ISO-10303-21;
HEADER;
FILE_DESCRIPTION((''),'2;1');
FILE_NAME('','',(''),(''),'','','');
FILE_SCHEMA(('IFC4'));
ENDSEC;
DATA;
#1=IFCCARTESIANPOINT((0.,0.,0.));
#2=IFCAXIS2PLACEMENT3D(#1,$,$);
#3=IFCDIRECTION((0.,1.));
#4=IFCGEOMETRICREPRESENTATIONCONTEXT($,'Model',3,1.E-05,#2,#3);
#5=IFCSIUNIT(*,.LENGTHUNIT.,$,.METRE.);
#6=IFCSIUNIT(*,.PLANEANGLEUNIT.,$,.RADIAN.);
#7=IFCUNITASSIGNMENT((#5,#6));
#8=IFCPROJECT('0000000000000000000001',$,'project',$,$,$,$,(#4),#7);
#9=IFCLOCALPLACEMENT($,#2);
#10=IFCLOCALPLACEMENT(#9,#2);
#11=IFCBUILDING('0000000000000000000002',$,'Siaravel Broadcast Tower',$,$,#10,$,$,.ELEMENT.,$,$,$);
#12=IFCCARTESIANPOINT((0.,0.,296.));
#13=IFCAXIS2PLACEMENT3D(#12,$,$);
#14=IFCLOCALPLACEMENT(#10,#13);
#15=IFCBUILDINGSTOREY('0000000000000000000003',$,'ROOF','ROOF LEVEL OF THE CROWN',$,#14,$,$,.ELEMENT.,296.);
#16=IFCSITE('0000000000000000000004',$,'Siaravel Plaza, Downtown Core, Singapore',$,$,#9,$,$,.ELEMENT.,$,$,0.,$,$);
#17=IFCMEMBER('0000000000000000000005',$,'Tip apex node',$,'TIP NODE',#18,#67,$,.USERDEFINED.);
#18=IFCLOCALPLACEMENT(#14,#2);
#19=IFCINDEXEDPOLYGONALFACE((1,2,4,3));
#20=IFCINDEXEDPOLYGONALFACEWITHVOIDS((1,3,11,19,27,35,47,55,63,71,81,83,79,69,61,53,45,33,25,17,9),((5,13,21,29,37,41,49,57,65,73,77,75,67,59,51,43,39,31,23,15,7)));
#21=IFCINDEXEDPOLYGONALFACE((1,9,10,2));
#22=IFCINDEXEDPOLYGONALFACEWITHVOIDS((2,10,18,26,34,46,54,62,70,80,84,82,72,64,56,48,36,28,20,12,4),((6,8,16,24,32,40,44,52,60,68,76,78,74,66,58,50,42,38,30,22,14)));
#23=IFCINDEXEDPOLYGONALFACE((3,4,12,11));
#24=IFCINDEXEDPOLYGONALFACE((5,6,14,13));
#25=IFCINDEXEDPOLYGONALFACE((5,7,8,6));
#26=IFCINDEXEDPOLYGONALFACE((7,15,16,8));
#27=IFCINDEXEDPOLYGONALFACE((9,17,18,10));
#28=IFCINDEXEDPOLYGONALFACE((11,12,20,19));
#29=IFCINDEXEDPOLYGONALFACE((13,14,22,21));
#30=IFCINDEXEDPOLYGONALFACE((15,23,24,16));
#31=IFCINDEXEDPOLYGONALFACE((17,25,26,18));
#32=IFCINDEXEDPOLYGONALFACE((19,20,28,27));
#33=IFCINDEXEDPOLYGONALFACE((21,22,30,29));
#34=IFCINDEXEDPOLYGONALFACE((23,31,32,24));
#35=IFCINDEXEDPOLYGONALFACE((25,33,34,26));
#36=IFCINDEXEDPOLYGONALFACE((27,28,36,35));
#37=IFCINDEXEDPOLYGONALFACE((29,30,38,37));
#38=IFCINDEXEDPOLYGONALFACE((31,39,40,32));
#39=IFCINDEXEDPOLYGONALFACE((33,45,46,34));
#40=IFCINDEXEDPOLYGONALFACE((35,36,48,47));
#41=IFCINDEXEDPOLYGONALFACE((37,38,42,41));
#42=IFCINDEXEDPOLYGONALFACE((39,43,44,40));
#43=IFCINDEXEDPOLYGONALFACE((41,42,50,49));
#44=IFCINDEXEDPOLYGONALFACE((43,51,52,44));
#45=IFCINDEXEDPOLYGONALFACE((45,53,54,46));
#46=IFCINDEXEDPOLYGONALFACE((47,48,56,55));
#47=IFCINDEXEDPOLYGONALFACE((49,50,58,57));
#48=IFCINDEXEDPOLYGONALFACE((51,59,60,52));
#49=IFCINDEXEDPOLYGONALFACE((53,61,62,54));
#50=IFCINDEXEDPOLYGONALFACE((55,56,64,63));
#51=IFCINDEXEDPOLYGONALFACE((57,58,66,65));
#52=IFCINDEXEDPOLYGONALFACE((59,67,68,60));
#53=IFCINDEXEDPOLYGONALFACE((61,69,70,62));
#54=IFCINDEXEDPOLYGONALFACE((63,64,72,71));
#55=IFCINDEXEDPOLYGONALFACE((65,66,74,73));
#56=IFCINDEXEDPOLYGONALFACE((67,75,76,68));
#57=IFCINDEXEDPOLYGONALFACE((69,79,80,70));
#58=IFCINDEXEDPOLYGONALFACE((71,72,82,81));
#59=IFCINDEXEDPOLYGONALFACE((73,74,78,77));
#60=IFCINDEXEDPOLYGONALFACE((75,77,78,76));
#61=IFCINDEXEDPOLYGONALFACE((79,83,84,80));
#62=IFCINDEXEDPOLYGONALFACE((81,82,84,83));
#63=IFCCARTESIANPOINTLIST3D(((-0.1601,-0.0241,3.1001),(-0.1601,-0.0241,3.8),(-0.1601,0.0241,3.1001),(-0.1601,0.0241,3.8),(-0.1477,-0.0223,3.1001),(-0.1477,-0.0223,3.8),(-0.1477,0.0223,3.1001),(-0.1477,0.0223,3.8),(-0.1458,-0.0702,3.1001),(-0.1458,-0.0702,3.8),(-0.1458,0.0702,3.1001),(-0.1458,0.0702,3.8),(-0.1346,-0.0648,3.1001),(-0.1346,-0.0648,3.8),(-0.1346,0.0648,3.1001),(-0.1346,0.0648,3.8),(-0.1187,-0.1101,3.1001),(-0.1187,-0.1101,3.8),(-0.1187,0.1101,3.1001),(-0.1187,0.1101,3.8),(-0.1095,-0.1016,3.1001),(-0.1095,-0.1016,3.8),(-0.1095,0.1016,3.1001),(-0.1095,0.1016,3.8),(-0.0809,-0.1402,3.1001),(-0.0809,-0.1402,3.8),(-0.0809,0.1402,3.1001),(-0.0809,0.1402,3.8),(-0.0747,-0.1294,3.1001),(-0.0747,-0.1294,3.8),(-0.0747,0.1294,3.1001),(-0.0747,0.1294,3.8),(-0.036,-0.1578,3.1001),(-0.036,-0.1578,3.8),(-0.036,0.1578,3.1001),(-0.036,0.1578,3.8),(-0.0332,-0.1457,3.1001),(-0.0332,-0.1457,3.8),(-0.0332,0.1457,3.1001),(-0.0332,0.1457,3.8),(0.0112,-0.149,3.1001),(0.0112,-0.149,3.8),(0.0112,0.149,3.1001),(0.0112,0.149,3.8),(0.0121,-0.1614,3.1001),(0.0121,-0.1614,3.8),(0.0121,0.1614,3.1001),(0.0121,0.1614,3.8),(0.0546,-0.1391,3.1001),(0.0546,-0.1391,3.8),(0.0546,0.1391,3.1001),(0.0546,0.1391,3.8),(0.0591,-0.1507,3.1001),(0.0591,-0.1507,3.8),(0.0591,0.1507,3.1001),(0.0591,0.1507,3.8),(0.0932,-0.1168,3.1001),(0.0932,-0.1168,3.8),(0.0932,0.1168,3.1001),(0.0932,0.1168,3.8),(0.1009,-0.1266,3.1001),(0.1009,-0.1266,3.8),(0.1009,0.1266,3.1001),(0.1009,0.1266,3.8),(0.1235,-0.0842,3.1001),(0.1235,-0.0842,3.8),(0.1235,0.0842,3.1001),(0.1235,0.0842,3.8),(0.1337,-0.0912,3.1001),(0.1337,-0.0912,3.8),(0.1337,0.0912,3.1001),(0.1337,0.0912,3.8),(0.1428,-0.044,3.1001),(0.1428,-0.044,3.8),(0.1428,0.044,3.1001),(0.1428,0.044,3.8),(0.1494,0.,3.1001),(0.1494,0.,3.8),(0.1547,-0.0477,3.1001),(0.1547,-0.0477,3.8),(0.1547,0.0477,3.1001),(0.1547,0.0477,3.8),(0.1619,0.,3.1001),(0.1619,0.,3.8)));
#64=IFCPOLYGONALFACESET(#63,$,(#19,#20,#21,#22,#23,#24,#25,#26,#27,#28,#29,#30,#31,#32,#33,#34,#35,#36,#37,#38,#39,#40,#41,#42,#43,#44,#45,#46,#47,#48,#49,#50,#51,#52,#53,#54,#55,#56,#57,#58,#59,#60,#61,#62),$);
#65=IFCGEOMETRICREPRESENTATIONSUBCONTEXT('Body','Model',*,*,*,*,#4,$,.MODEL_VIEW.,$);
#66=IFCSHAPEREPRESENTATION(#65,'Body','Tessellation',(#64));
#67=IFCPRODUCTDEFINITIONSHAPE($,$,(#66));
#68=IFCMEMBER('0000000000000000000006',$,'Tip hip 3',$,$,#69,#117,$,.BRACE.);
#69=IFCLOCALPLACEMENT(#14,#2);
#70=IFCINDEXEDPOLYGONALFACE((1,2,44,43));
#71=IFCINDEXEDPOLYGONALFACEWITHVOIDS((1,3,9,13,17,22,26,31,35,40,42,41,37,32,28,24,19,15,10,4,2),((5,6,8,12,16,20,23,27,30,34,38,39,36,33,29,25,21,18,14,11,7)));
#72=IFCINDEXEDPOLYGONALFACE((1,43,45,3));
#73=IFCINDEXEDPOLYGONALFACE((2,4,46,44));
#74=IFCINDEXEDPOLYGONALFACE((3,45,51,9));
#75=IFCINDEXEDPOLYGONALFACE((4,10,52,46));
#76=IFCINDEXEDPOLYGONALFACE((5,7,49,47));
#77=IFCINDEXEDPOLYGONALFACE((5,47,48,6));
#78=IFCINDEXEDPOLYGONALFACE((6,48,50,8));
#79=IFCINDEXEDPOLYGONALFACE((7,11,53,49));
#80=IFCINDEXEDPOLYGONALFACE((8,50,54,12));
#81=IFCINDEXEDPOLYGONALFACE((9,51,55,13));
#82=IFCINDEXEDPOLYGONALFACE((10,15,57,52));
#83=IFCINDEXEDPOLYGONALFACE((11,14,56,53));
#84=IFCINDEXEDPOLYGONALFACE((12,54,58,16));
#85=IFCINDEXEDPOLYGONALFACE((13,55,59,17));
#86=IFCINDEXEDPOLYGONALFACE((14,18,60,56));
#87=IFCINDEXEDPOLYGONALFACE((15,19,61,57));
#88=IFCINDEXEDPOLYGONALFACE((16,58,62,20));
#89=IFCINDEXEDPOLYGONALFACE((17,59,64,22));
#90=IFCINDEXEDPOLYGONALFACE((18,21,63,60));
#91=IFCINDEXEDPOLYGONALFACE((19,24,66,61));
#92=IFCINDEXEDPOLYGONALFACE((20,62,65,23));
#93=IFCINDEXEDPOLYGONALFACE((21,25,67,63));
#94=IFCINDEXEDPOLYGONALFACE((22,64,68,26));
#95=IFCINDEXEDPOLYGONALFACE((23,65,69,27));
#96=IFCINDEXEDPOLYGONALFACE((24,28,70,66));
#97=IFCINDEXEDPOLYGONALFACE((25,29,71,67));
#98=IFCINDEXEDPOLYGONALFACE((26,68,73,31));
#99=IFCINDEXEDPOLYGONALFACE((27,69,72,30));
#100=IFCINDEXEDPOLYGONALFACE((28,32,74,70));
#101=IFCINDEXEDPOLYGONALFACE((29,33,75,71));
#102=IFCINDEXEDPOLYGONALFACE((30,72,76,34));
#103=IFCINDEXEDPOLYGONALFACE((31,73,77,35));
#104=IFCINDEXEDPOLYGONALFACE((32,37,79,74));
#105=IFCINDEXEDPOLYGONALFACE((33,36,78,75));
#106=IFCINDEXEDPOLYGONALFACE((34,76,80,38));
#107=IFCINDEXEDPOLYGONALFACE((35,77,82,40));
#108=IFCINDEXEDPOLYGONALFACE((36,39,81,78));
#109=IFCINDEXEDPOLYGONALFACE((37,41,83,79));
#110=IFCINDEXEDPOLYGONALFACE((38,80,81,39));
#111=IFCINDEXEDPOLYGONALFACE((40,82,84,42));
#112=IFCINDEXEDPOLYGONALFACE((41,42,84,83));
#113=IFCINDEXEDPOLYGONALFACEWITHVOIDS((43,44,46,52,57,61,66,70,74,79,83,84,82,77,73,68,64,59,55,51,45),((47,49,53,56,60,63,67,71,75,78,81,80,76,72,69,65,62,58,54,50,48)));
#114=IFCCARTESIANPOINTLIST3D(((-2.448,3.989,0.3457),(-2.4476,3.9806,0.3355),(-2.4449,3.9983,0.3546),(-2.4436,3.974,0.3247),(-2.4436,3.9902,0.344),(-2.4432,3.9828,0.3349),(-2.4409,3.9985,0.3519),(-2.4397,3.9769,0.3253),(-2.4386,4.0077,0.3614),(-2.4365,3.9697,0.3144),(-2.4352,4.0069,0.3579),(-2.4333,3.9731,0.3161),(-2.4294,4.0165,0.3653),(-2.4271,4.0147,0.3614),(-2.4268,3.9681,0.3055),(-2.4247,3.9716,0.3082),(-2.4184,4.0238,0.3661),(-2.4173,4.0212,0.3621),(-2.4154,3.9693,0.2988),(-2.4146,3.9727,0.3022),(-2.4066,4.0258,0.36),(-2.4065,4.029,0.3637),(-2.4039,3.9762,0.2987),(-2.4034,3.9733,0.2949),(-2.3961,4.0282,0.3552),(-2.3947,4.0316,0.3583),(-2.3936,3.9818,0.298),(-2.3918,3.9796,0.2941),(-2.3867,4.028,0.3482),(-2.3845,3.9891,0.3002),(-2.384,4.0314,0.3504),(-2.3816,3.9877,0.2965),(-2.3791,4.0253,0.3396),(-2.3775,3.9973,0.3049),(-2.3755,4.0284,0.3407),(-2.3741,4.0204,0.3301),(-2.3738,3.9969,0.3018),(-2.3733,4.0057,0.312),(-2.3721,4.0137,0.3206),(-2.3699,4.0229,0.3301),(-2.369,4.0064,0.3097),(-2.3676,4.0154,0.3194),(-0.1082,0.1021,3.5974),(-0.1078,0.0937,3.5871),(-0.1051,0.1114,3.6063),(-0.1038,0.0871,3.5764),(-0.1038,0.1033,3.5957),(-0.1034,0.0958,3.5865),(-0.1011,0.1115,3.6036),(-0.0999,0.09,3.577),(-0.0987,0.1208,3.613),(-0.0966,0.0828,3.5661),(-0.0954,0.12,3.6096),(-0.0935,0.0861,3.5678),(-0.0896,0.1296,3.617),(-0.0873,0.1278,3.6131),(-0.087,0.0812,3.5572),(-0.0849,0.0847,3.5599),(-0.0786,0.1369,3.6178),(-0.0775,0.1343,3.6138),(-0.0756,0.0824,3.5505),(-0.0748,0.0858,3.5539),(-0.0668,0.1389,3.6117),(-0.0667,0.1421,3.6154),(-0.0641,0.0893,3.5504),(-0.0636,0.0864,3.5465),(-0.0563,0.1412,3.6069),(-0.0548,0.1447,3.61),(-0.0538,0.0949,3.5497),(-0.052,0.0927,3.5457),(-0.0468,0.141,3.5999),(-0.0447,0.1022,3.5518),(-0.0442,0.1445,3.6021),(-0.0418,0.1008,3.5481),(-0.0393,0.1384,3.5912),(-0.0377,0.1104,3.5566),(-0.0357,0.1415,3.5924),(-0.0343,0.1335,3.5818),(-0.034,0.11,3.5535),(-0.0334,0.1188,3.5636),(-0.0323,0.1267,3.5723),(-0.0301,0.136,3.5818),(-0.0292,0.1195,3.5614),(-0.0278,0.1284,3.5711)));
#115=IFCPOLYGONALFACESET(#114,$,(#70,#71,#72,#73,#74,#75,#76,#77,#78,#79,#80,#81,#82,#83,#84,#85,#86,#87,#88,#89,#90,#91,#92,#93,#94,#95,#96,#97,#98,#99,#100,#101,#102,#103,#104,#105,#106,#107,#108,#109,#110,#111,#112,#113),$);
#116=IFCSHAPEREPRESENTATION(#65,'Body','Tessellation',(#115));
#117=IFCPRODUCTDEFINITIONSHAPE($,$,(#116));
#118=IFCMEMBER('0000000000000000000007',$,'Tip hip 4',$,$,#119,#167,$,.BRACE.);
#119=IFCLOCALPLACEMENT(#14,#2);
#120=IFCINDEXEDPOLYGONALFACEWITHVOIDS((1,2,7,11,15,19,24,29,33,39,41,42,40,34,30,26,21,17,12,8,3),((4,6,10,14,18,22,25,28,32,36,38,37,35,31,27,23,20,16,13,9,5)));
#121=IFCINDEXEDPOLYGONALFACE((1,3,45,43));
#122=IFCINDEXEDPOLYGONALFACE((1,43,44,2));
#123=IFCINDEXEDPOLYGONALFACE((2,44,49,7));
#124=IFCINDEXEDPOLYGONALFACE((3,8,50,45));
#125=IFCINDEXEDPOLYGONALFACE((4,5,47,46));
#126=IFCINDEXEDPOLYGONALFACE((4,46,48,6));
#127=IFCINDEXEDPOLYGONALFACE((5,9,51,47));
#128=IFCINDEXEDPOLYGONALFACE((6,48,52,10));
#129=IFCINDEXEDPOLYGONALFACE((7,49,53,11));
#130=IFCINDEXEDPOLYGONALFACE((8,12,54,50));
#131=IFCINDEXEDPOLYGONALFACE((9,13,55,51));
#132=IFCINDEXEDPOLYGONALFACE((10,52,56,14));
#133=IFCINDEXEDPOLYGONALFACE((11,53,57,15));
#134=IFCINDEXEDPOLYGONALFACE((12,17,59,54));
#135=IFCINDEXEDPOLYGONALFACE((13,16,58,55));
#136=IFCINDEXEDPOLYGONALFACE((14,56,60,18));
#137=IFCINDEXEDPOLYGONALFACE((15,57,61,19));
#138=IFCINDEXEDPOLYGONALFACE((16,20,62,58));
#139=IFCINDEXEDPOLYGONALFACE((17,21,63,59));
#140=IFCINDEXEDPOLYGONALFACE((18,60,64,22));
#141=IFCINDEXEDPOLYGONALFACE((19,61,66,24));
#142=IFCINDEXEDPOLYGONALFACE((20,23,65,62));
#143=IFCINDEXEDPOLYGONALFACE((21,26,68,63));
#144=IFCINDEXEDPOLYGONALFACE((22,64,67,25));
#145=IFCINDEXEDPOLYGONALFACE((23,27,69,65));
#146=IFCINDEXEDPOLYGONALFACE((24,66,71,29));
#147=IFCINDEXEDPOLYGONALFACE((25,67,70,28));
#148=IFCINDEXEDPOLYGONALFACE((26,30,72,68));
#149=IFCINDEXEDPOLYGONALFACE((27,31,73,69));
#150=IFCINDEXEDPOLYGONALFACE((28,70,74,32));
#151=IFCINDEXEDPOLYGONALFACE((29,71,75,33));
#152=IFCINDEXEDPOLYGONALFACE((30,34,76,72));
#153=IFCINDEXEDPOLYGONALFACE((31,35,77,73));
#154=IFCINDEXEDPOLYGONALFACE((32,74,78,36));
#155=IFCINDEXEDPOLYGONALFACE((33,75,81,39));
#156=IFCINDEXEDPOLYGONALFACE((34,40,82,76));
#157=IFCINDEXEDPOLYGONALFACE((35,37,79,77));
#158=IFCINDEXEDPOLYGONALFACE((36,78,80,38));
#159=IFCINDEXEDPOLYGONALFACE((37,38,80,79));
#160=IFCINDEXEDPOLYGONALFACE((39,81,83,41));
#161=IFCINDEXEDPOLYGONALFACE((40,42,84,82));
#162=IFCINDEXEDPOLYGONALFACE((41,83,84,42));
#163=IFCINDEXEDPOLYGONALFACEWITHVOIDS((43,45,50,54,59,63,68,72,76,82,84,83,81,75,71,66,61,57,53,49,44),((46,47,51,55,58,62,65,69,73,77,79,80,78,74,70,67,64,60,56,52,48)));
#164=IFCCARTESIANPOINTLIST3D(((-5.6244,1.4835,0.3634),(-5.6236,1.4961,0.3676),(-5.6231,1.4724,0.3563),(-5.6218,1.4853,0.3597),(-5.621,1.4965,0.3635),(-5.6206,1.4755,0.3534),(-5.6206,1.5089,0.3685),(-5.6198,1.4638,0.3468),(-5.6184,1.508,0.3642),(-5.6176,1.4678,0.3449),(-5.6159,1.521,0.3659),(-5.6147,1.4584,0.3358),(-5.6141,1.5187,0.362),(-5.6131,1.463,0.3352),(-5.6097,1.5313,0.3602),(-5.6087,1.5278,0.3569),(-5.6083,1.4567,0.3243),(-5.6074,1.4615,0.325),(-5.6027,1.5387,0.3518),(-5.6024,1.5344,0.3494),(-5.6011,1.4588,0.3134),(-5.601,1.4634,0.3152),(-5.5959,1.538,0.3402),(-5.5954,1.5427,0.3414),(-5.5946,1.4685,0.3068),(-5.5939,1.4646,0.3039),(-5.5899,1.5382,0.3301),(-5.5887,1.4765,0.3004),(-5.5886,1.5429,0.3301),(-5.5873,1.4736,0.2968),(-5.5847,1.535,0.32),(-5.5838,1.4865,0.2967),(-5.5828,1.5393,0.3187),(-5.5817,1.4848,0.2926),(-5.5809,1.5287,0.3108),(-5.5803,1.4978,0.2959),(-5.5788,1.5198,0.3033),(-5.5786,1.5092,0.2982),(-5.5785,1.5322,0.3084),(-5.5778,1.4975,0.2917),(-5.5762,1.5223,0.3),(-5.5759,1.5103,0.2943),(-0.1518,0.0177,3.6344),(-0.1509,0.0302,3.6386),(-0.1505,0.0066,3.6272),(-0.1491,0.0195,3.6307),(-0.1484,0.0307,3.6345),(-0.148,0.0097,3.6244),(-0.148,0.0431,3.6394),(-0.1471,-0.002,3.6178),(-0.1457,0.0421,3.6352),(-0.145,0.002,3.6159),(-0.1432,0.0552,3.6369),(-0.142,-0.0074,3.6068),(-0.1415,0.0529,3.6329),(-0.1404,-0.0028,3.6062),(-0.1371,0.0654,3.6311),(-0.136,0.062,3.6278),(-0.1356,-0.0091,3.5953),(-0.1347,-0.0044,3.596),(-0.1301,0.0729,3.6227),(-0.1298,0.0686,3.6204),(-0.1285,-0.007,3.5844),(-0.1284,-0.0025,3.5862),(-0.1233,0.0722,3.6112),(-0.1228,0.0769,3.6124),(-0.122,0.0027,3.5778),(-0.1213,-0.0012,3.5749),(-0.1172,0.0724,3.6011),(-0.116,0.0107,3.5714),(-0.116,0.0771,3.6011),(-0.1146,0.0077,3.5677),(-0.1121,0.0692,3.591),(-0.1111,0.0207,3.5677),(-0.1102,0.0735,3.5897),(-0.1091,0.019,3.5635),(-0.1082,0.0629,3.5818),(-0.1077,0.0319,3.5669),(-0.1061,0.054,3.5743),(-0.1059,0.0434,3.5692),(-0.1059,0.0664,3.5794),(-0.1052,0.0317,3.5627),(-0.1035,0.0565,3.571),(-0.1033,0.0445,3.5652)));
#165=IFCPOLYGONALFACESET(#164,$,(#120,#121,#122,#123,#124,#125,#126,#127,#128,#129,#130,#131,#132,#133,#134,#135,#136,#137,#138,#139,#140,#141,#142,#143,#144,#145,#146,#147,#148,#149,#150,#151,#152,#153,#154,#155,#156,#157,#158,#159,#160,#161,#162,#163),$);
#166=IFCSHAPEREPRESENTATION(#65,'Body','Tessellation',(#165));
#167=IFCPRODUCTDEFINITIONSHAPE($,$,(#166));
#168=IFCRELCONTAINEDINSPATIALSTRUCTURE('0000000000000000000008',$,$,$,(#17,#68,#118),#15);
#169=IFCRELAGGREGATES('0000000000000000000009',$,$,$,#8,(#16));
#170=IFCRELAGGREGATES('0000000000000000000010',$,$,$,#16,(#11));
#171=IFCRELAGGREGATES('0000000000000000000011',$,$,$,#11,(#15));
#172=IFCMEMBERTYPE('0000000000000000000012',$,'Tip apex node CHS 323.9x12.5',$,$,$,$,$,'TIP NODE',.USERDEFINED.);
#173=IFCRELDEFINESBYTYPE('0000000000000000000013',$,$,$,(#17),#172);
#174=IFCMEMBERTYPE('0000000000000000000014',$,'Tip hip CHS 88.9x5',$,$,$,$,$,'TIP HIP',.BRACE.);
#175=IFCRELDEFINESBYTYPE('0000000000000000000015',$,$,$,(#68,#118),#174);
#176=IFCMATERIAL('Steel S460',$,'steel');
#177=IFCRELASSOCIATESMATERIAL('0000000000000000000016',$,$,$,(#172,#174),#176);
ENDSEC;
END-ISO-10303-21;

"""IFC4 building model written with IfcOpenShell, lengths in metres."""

from ifc_helpers import new_model, si_unit, direction, frame, origin, origin_2d, place, context, subcontext, project, spatial, hollow_circle, extrude, material, material_profile, profile_set, type_object, element, save


model = new_model("IFC4")

# Units and contexts
model_context = context("Model", 3, precision=1e-05, world=origin(), true_north=direction((0.0, 1.0)))
body_context = subcontext(model_context, "Body", "Model", "MODEL_VIEW")
ifc_project = project(units=[si_unit("LENGTHUNIT", "METRE"), si_unit("PLANEANGLEUNIT", "RADIAN")], contexts=[model_context])

# Site, building, storey
site_placement = place(None, origin())
site = spatial("IfcSite", under=ifc_project, at=site_placement, Name="Siaravel Plaza, Downtown Core, Singapore", CompositionType="ELEMENT", RefElevation=0.0)
building_placement = place(site_placement, origin())
building = spatial("IfcBuilding", under=site, at=building_placement, Name="Siaravel Broadcast Tower", CompositionType="ELEMENT")
storey_placement = place(building_placement, frame((0.0, 0.0, 296.0)))
storey = spatial("IfcBuildingStorey", under=building, at=storey_placement, Name="ROOF", Description="ROOF LEVEL OF THE CROWN", CompositionType="ELEMENT", Elevation=296.0)

# Shared definitions
ifc_material_1 = material(Name="Steel S460", Category="steel")

# Members
ifc_material_profile_1 = material_profile(ifc_material_1, hollow_circle(Radius=0.1619, WallThickness=0.0125, at=origin_2d()))
ifc_profile_set_1 = profile_set([ifc_material_profile_1], Name="Steel S460")
member_type_1 = type_object("IfcMemberType", Name="Tip apex node CHS 323.9x12.5", ElementType="TIP NODE", PredefinedType="USERDEFINED", material=ifc_profile_set_1)
member_1_placement = place(storey_placement, frame((0.0, 0.0, 3.1001), z_axis=(0.0, 0.0, 1.0), x_axis=(1.0, 0.0, 0.0)))
element("IfcMember", 1, at=member_1_placement, inside=storey, type_object=member_type_1, Name="Tip apex node", ObjectType="TIP NODE", PredefinedType="USERDEFINED", context=body_context, shape_type="SweptSolid", body=[
    extrude(hollow_circle(Radius=0.1619, WallThickness=0.0125, at=origin_2d()), origin(), (0.0, 0.0, 1.0), 0.7),
])
ifc_material_profile_2 = material_profile(ifc_material_1, hollow_circle(Radius=0.0444, WallThickness=0.0049, at=origin_2d()))
ifc_profile_set_2 = profile_set([ifc_material_profile_2], Name="Steel S460")
member_type_2 = type_object("IfcMemberType", Name="Tip hip CHS 88.9x5", ElementType="TIP HIP", PredefinedType="BRACE", material=ifc_profile_set_2)
member_2_placement = place(storey_placement, frame((-2.408, 4.0, 0.3301), z_axis=(0.419188, -0.696358, 0.582551), x_axis=(0.856747, 0.515738, 0.0)))
element("IfcMember", 2, at=member_2_placement, inside=storey, type_object=member_type_2, Name="Tip hip 3", PredefinedType="BRACE", context=body_context, shape_type="SweptSolid", body=[
    extrude(hollow_circle(Radius=0.0444, WallThickness=0.0049, at=origin_2d()), origin(), (0.0, 0.0, 1.0), 5.5818),
])
for number, where, z_axis, x_axis, name in (
    (3, (-5.6001, 1.5, 0.3301), (0.836539, -0.224062, 0.499998), (0.258725, 0.965951, 0.0), "Tip hip 4"),
):
    element("IfcMember", number, at=place(storey_placement, frame(where, z_axis=z_axis, x_axis=x_axis)), inside=storey, type_object=member_type_2, Name=name, PredefinedType="BRACE", context=body_context, shape_type="SweptSolid", body=[
        extrude(hollow_circle(Radius=0.0444, WallThickness=0.0049, at=origin_2d()), origin(), (0.0, 0.0, 1.0), 6.542),
    ])

save(model, "model.ifc")
